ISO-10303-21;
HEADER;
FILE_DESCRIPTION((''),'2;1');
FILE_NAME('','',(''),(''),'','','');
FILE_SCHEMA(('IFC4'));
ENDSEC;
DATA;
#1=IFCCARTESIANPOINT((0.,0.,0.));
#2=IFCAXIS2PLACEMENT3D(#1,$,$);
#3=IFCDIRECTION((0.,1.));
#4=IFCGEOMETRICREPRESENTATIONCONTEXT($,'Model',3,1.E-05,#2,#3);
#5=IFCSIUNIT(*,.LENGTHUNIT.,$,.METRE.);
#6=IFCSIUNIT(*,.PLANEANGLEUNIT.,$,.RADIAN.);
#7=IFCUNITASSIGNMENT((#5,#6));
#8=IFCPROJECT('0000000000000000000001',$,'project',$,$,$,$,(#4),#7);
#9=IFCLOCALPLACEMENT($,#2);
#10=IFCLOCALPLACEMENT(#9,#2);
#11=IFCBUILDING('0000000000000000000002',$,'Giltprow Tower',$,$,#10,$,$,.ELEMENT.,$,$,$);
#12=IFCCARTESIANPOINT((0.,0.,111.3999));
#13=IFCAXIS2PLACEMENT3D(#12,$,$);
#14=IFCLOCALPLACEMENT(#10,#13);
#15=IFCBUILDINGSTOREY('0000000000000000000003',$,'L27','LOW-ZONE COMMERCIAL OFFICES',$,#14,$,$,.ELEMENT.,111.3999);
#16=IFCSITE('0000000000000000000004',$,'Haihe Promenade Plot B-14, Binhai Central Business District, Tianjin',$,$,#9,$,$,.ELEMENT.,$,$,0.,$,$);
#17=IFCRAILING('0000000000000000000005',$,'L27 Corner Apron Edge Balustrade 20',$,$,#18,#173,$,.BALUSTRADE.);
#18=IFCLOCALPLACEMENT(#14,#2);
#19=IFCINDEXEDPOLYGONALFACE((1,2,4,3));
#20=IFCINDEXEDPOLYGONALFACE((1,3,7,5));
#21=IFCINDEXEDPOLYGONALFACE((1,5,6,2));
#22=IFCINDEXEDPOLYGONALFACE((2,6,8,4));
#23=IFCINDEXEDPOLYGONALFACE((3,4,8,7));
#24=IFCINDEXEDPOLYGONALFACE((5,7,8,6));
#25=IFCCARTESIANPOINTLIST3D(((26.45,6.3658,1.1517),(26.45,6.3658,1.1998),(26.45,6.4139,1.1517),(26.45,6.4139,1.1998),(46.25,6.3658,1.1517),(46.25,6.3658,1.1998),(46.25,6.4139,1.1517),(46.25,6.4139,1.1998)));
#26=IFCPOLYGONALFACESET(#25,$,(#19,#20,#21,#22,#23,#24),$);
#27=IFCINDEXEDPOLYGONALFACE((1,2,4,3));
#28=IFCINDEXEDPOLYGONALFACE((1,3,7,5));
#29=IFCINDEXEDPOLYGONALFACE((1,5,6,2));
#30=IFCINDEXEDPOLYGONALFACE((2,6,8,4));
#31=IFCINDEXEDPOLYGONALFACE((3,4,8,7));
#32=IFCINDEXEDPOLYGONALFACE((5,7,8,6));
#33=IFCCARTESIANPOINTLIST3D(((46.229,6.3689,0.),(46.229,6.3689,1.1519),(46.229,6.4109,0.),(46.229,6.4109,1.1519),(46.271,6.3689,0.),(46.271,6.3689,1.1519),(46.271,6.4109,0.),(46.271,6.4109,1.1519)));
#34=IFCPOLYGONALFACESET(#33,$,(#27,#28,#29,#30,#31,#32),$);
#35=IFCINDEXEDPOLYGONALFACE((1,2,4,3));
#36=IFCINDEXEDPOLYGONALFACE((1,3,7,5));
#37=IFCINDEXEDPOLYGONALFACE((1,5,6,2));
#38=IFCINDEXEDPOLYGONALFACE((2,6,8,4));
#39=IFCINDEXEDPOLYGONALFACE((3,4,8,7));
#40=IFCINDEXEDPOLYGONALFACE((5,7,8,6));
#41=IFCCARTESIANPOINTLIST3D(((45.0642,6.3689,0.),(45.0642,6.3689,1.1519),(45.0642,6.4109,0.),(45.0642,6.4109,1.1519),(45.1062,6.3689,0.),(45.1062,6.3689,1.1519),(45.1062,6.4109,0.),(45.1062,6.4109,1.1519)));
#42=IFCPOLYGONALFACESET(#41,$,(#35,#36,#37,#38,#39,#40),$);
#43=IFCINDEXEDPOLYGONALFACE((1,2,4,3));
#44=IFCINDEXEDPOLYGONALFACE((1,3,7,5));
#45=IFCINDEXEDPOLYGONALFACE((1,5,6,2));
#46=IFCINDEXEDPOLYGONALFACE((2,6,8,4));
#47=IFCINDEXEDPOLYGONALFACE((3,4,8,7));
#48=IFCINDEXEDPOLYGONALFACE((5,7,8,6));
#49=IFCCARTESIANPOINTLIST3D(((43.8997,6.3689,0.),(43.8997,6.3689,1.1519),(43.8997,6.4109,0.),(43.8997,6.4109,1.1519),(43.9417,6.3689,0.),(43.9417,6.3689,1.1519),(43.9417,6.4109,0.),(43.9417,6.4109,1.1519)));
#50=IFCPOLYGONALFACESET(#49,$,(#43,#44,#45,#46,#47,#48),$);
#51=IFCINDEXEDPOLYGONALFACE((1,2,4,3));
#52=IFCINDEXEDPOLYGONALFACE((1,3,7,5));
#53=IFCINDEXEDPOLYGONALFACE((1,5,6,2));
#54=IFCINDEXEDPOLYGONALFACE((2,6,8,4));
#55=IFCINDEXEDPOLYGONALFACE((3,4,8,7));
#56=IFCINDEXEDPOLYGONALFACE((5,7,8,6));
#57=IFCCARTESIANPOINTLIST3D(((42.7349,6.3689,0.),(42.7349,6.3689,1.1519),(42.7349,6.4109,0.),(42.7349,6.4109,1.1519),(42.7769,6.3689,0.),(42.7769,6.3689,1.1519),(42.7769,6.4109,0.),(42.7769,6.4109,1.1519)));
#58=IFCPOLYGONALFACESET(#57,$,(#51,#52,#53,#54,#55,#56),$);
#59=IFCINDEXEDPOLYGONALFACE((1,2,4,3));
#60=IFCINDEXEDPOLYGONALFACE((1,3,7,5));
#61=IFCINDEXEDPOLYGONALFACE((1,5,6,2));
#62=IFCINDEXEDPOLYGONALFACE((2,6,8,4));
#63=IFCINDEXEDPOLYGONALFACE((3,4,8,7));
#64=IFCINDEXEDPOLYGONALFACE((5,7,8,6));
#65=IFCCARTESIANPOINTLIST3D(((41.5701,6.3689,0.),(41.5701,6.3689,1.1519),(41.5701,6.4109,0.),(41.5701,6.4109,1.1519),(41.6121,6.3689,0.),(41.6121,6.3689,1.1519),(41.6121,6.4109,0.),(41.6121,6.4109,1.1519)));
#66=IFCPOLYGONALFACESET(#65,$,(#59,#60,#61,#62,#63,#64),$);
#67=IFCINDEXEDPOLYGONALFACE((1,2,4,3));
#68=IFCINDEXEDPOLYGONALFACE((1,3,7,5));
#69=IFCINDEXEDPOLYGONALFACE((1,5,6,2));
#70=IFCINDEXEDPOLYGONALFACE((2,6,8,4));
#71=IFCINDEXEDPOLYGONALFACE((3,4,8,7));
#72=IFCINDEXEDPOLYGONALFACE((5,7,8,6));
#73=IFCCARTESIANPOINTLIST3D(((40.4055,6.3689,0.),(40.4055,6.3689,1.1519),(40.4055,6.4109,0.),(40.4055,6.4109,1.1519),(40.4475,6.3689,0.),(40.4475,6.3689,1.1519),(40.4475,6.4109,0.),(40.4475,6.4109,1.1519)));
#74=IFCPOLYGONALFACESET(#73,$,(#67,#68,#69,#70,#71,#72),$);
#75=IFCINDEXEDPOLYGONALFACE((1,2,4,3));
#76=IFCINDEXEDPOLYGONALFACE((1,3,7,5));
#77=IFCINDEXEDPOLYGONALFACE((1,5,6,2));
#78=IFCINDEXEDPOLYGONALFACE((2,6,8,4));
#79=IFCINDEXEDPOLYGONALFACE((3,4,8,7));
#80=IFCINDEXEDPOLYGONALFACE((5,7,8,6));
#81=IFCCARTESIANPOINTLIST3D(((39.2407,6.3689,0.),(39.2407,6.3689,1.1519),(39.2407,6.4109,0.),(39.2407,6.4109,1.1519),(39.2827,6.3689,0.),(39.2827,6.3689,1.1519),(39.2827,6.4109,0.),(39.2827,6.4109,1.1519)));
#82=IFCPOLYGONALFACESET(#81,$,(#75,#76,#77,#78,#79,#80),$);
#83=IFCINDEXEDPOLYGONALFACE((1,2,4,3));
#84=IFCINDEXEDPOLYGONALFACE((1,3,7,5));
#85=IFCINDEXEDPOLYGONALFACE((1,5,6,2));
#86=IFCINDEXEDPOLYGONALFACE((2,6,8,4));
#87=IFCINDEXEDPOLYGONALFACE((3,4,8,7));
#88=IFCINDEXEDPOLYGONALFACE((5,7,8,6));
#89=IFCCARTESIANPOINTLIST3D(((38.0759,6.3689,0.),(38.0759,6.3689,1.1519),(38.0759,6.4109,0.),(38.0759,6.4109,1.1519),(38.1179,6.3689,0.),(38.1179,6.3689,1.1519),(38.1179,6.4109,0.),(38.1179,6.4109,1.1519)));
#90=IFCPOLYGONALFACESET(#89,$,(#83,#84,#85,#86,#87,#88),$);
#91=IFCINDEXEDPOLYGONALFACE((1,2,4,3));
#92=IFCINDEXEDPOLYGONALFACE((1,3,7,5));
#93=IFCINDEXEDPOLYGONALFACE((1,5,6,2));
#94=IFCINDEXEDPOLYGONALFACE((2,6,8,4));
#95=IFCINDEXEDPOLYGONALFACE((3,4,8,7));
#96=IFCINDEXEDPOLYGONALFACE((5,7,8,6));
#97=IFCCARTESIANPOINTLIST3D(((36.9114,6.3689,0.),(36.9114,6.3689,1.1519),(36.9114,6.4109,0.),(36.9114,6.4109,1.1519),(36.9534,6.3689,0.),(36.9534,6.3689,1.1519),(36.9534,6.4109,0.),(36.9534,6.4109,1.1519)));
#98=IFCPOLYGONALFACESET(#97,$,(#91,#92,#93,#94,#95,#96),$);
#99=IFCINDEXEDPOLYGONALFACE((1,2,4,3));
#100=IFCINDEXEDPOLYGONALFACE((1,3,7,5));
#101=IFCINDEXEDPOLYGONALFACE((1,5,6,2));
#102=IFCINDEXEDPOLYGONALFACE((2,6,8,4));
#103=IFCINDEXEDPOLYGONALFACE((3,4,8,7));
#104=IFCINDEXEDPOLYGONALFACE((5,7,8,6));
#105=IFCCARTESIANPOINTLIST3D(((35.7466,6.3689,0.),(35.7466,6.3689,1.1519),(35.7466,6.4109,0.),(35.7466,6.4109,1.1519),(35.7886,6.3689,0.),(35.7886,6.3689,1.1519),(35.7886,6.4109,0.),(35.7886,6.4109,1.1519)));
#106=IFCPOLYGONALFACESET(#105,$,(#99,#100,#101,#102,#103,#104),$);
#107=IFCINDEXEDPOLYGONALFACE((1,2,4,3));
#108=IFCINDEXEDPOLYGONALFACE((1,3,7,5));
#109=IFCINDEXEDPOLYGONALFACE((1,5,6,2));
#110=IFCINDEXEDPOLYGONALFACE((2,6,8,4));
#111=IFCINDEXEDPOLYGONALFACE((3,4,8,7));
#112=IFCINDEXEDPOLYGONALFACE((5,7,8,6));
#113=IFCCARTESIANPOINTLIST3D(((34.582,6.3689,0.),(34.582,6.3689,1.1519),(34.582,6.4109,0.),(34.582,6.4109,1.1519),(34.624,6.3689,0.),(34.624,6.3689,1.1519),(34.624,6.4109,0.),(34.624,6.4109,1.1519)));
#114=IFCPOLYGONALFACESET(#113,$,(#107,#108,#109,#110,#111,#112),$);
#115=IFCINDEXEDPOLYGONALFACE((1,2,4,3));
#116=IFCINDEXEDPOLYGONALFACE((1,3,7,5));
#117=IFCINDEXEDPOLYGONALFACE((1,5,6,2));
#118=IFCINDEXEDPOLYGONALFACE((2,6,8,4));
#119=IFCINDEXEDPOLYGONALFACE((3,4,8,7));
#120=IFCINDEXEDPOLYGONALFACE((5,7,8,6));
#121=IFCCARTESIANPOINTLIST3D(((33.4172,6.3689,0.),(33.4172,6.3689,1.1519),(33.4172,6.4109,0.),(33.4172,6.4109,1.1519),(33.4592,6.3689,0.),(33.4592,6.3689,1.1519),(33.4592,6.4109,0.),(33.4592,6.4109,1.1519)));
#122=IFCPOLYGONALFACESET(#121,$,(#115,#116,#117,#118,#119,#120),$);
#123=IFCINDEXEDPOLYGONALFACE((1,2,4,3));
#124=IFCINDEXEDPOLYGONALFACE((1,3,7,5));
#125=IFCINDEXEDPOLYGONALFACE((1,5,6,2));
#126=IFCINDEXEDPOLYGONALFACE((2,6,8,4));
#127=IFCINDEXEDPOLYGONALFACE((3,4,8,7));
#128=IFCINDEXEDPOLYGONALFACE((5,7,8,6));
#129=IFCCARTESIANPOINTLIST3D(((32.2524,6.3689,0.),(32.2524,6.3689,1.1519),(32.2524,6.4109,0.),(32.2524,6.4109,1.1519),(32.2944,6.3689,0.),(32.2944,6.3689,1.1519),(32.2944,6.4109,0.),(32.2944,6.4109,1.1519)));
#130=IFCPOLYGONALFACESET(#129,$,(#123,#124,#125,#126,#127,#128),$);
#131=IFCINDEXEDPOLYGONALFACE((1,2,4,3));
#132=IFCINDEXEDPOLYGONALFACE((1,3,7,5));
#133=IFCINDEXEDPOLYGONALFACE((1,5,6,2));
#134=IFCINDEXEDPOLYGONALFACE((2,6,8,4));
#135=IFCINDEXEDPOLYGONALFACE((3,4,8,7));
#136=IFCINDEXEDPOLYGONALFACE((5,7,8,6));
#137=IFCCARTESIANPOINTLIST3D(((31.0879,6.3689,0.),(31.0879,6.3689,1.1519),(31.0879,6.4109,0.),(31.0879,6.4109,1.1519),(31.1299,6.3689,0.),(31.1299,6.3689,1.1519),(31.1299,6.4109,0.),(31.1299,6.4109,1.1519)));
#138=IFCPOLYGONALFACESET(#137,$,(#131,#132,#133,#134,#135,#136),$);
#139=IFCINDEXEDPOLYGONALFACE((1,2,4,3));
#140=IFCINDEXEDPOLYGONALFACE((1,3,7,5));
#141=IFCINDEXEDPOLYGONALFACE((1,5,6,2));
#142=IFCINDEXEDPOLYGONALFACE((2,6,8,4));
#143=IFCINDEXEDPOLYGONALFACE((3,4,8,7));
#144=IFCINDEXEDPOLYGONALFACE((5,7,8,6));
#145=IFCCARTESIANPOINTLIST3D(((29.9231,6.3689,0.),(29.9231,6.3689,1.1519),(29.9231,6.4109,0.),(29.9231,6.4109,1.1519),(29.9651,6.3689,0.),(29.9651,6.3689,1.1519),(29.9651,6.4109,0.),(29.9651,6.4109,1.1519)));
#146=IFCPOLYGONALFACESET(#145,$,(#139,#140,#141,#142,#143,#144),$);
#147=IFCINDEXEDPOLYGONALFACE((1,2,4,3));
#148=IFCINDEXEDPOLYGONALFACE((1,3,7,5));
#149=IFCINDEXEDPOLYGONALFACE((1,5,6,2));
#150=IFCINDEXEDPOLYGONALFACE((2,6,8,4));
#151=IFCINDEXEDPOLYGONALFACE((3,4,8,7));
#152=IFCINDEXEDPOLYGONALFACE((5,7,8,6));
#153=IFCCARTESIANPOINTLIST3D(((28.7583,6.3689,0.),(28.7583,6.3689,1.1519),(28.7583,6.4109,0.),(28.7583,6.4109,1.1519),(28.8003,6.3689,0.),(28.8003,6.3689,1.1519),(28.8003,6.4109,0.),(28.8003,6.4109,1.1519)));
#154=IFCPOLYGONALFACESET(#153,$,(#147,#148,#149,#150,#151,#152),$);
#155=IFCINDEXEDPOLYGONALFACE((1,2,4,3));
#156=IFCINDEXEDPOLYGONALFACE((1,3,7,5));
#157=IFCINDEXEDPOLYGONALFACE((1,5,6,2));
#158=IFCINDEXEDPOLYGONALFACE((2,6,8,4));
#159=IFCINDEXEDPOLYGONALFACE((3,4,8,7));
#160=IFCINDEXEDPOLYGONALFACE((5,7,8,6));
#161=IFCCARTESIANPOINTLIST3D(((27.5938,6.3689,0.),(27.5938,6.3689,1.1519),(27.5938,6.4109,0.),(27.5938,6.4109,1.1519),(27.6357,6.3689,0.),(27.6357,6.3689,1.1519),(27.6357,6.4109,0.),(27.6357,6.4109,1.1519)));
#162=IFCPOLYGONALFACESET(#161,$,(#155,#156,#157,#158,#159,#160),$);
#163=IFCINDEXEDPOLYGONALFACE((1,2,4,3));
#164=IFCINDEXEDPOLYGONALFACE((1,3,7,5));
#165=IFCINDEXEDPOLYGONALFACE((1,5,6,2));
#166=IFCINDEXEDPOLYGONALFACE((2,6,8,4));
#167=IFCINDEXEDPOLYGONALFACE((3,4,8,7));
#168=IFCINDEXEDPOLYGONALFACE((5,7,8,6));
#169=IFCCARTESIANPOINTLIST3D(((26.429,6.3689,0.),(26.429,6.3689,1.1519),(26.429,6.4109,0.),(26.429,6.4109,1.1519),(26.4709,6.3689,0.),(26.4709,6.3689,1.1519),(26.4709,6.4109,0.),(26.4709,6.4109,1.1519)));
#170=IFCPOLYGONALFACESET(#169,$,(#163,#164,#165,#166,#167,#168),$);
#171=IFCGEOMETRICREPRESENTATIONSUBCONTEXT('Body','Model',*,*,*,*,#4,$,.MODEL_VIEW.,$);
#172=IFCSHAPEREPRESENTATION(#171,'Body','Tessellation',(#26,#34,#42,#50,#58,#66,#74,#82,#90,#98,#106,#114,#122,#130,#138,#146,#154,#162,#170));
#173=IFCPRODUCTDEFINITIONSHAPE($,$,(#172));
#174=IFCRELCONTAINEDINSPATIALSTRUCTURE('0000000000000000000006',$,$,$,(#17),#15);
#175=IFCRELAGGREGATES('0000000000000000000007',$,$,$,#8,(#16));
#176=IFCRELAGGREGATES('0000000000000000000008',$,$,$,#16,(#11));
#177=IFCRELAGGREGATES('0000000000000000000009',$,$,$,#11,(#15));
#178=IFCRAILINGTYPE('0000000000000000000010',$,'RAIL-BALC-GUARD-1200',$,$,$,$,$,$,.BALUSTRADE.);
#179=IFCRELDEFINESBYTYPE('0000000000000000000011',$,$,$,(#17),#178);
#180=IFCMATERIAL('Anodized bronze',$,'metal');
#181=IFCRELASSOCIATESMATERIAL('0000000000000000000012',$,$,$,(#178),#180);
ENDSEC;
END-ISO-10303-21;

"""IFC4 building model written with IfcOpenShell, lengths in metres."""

from ifc_helpers import new_model, si_unit, direction, frame, origin, origin_2d, place, context, subcontext, project, spatial, rectangle, extrude, material, type_object, element, save


model = new_model("IFC4")

# Units and contexts
model_context = context("Model", 3, precision=1e-05, world=origin(), true_north=direction((0.0, 1.0)))
body_context = subcontext(model_context, "Body", "Model", "MODEL_VIEW")
ifc_project = project(units=[si_unit("LENGTHUNIT", "METRE"), si_unit("PLANEANGLEUNIT", "RADIAN")], contexts=[model_context])

# Site, building, storey
site_placement = place(None, origin())
site = spatial("IfcSite", under=ifc_project, at=site_placement, Name="Haihe Promenade Plot B-14, Binhai Central Business District, Tianjin", CompositionType="ELEMENT", RefElevation=0.0)
building_placement = place(site_placement, origin())
building = spatial("IfcBuilding", under=site, at=building_placement, Name="Giltprow Tower", CompositionType="ELEMENT")
storey_placement = place(building_placement, frame((0.0, 0.0, 111.3999)))
storey = spatial("IfcBuildingStorey", under=building, at=storey_placement, Name="L27", Description="LOW-ZONE COMMERCIAL OFFICES", CompositionType="ELEMENT", Elevation=111.3999)

# Shared definitions
ifc_material_1 = material(Name="Anodized bronze", Category="metal")

# Railing
railing_type = type_object("IfcRailingType", Name="RAIL-BALC-GUARD-1200", PredefinedType="BALUSTRADE", material=ifc_material_1)
railing_1_placement = place(storey_placement, frame((46.25, 6.3899, 0.0)))
element("IfcRailing", 1, at=railing_1_placement, inside=storey, type_object=railing_type, Name="L27 Corner Apron Edge Balustrade 20", PredefinedType="BALUSTRADE", context=body_context, shape_type="SweptSolid", body=[
    extrude(rectangle(XDim=0.0481, YDim=0.0481, at=origin_2d()), frame((0.0, 0.0, 1.1758), z_axis=(-1.0, 0.0, 0.0), x_axis=(0.0, -1.0, 0.0)), (0.0, 0.0, 1.0), 19.8),
    extrude(rectangle(XDim=0.042, YDim=0.042, at=origin_2d()), origin(), (0.0, 0.0, 1.0), 1.1519),
    extrude(rectangle(XDim=0.042, YDim=0.042, at=origin_2d()), frame((-1.1648, 0.0, 0.0)), (0.0, 0.0, 1.0), 1.1519),
    extrude(rectangle(XDim=0.042, YDim=0.042, at=origin_2d()), frame((-2.3293, 0.0, 0.0)), (0.0, 0.0, 1.0), 1.1519),
    extrude(rectangle(XDim=0.042, YDim=0.042, at=origin_2d()), frame((-3.4941, 0.0, 0.0)), (0.0, 0.0, 1.0), 1.1519),
    extrude(rectangle(XDim=0.042, YDim=0.042, at=origin_2d()), frame((-4.6589, 0.0, 0.0)), (0.0, 0.0, 1.0), 1.1519),
    extrude(rectangle(XDim=0.042, YDim=0.042, at=origin_2d()), frame((-5.8235, 0.0, 0.0)), (0.0, 0.0, 1.0), 1.1519),
    extrude(rectangle(XDim=0.042, YDim=0.042, at=origin_2d()), frame((-6.9883, 0.0, 0.0)), (0.0, 0.0, 1.0), 1.1519),
    extrude(rectangle(XDim=0.042, YDim=0.042, at=origin_2d()), frame((-8.1531, 0.0, 0.0)), (0.0, 0.0, 1.0), 1.1519),
    extrude(rectangle(XDim=0.042, YDim=0.042, at=origin_2d()), frame((-9.3176, 0.0, 0.0)), (0.0, 0.0, 1.0), 1.1519),
    extrude(rectangle(XDim=0.042, YDim=0.042, at=origin_2d()), frame((-10.4824, 0.0, 0.0)), (0.0, 0.0, 1.0), 1.1519),
    extrude(rectangle(XDim=0.042, YDim=0.042, at=origin_2d()), frame((-11.647, 0.0, 0.0)), (0.0, 0.0, 1.0), 1.1519),
    extrude(rectangle(XDim=0.042, YDim=0.042, at=origin_2d()), frame((-12.8118, 0.0, 0.0)), (0.0, 0.0, 1.0), 1.1519),
    extrude(rectangle(XDim=0.042, YDim=0.042, at=origin_2d()), frame((-13.9766, 0.0, 0.0)), (0.0, 0.0, 1.0), 1.1519),
    extrude(rectangle(XDim=0.042, YDim=0.042, at=origin_2d()), frame((-15.1411, 0.0, 0.0)), (0.0, 0.0, 1.0), 1.1519),
    extrude(rectangle(XDim=0.042, YDim=0.042, at=origin_2d()), frame((-16.3059, 0.0, 0.0)), (0.0, 0.0, 1.0), 1.1519),
    extrude(rectangle(XDim=0.042, YDim=0.042, at=origin_2d()), frame((-17.4707, 0.0, 0.0)), (0.0, 0.0, 1.0), 1.1519),
    extrude(rectangle(XDim=0.042, YDim=0.042, at=origin_2d()), frame((-18.6353, 0.0, 0.0)), (0.0, 0.0, 1.0), 1.1519),
    extrude(rectangle(XDim=0.042, YDim=0.042, at=origin_2d()), frame((-19.8, 0.0, 0.0)), (0.0, 0.0, 1.0), 1.1519),
])

save(model, "model.ifc")
